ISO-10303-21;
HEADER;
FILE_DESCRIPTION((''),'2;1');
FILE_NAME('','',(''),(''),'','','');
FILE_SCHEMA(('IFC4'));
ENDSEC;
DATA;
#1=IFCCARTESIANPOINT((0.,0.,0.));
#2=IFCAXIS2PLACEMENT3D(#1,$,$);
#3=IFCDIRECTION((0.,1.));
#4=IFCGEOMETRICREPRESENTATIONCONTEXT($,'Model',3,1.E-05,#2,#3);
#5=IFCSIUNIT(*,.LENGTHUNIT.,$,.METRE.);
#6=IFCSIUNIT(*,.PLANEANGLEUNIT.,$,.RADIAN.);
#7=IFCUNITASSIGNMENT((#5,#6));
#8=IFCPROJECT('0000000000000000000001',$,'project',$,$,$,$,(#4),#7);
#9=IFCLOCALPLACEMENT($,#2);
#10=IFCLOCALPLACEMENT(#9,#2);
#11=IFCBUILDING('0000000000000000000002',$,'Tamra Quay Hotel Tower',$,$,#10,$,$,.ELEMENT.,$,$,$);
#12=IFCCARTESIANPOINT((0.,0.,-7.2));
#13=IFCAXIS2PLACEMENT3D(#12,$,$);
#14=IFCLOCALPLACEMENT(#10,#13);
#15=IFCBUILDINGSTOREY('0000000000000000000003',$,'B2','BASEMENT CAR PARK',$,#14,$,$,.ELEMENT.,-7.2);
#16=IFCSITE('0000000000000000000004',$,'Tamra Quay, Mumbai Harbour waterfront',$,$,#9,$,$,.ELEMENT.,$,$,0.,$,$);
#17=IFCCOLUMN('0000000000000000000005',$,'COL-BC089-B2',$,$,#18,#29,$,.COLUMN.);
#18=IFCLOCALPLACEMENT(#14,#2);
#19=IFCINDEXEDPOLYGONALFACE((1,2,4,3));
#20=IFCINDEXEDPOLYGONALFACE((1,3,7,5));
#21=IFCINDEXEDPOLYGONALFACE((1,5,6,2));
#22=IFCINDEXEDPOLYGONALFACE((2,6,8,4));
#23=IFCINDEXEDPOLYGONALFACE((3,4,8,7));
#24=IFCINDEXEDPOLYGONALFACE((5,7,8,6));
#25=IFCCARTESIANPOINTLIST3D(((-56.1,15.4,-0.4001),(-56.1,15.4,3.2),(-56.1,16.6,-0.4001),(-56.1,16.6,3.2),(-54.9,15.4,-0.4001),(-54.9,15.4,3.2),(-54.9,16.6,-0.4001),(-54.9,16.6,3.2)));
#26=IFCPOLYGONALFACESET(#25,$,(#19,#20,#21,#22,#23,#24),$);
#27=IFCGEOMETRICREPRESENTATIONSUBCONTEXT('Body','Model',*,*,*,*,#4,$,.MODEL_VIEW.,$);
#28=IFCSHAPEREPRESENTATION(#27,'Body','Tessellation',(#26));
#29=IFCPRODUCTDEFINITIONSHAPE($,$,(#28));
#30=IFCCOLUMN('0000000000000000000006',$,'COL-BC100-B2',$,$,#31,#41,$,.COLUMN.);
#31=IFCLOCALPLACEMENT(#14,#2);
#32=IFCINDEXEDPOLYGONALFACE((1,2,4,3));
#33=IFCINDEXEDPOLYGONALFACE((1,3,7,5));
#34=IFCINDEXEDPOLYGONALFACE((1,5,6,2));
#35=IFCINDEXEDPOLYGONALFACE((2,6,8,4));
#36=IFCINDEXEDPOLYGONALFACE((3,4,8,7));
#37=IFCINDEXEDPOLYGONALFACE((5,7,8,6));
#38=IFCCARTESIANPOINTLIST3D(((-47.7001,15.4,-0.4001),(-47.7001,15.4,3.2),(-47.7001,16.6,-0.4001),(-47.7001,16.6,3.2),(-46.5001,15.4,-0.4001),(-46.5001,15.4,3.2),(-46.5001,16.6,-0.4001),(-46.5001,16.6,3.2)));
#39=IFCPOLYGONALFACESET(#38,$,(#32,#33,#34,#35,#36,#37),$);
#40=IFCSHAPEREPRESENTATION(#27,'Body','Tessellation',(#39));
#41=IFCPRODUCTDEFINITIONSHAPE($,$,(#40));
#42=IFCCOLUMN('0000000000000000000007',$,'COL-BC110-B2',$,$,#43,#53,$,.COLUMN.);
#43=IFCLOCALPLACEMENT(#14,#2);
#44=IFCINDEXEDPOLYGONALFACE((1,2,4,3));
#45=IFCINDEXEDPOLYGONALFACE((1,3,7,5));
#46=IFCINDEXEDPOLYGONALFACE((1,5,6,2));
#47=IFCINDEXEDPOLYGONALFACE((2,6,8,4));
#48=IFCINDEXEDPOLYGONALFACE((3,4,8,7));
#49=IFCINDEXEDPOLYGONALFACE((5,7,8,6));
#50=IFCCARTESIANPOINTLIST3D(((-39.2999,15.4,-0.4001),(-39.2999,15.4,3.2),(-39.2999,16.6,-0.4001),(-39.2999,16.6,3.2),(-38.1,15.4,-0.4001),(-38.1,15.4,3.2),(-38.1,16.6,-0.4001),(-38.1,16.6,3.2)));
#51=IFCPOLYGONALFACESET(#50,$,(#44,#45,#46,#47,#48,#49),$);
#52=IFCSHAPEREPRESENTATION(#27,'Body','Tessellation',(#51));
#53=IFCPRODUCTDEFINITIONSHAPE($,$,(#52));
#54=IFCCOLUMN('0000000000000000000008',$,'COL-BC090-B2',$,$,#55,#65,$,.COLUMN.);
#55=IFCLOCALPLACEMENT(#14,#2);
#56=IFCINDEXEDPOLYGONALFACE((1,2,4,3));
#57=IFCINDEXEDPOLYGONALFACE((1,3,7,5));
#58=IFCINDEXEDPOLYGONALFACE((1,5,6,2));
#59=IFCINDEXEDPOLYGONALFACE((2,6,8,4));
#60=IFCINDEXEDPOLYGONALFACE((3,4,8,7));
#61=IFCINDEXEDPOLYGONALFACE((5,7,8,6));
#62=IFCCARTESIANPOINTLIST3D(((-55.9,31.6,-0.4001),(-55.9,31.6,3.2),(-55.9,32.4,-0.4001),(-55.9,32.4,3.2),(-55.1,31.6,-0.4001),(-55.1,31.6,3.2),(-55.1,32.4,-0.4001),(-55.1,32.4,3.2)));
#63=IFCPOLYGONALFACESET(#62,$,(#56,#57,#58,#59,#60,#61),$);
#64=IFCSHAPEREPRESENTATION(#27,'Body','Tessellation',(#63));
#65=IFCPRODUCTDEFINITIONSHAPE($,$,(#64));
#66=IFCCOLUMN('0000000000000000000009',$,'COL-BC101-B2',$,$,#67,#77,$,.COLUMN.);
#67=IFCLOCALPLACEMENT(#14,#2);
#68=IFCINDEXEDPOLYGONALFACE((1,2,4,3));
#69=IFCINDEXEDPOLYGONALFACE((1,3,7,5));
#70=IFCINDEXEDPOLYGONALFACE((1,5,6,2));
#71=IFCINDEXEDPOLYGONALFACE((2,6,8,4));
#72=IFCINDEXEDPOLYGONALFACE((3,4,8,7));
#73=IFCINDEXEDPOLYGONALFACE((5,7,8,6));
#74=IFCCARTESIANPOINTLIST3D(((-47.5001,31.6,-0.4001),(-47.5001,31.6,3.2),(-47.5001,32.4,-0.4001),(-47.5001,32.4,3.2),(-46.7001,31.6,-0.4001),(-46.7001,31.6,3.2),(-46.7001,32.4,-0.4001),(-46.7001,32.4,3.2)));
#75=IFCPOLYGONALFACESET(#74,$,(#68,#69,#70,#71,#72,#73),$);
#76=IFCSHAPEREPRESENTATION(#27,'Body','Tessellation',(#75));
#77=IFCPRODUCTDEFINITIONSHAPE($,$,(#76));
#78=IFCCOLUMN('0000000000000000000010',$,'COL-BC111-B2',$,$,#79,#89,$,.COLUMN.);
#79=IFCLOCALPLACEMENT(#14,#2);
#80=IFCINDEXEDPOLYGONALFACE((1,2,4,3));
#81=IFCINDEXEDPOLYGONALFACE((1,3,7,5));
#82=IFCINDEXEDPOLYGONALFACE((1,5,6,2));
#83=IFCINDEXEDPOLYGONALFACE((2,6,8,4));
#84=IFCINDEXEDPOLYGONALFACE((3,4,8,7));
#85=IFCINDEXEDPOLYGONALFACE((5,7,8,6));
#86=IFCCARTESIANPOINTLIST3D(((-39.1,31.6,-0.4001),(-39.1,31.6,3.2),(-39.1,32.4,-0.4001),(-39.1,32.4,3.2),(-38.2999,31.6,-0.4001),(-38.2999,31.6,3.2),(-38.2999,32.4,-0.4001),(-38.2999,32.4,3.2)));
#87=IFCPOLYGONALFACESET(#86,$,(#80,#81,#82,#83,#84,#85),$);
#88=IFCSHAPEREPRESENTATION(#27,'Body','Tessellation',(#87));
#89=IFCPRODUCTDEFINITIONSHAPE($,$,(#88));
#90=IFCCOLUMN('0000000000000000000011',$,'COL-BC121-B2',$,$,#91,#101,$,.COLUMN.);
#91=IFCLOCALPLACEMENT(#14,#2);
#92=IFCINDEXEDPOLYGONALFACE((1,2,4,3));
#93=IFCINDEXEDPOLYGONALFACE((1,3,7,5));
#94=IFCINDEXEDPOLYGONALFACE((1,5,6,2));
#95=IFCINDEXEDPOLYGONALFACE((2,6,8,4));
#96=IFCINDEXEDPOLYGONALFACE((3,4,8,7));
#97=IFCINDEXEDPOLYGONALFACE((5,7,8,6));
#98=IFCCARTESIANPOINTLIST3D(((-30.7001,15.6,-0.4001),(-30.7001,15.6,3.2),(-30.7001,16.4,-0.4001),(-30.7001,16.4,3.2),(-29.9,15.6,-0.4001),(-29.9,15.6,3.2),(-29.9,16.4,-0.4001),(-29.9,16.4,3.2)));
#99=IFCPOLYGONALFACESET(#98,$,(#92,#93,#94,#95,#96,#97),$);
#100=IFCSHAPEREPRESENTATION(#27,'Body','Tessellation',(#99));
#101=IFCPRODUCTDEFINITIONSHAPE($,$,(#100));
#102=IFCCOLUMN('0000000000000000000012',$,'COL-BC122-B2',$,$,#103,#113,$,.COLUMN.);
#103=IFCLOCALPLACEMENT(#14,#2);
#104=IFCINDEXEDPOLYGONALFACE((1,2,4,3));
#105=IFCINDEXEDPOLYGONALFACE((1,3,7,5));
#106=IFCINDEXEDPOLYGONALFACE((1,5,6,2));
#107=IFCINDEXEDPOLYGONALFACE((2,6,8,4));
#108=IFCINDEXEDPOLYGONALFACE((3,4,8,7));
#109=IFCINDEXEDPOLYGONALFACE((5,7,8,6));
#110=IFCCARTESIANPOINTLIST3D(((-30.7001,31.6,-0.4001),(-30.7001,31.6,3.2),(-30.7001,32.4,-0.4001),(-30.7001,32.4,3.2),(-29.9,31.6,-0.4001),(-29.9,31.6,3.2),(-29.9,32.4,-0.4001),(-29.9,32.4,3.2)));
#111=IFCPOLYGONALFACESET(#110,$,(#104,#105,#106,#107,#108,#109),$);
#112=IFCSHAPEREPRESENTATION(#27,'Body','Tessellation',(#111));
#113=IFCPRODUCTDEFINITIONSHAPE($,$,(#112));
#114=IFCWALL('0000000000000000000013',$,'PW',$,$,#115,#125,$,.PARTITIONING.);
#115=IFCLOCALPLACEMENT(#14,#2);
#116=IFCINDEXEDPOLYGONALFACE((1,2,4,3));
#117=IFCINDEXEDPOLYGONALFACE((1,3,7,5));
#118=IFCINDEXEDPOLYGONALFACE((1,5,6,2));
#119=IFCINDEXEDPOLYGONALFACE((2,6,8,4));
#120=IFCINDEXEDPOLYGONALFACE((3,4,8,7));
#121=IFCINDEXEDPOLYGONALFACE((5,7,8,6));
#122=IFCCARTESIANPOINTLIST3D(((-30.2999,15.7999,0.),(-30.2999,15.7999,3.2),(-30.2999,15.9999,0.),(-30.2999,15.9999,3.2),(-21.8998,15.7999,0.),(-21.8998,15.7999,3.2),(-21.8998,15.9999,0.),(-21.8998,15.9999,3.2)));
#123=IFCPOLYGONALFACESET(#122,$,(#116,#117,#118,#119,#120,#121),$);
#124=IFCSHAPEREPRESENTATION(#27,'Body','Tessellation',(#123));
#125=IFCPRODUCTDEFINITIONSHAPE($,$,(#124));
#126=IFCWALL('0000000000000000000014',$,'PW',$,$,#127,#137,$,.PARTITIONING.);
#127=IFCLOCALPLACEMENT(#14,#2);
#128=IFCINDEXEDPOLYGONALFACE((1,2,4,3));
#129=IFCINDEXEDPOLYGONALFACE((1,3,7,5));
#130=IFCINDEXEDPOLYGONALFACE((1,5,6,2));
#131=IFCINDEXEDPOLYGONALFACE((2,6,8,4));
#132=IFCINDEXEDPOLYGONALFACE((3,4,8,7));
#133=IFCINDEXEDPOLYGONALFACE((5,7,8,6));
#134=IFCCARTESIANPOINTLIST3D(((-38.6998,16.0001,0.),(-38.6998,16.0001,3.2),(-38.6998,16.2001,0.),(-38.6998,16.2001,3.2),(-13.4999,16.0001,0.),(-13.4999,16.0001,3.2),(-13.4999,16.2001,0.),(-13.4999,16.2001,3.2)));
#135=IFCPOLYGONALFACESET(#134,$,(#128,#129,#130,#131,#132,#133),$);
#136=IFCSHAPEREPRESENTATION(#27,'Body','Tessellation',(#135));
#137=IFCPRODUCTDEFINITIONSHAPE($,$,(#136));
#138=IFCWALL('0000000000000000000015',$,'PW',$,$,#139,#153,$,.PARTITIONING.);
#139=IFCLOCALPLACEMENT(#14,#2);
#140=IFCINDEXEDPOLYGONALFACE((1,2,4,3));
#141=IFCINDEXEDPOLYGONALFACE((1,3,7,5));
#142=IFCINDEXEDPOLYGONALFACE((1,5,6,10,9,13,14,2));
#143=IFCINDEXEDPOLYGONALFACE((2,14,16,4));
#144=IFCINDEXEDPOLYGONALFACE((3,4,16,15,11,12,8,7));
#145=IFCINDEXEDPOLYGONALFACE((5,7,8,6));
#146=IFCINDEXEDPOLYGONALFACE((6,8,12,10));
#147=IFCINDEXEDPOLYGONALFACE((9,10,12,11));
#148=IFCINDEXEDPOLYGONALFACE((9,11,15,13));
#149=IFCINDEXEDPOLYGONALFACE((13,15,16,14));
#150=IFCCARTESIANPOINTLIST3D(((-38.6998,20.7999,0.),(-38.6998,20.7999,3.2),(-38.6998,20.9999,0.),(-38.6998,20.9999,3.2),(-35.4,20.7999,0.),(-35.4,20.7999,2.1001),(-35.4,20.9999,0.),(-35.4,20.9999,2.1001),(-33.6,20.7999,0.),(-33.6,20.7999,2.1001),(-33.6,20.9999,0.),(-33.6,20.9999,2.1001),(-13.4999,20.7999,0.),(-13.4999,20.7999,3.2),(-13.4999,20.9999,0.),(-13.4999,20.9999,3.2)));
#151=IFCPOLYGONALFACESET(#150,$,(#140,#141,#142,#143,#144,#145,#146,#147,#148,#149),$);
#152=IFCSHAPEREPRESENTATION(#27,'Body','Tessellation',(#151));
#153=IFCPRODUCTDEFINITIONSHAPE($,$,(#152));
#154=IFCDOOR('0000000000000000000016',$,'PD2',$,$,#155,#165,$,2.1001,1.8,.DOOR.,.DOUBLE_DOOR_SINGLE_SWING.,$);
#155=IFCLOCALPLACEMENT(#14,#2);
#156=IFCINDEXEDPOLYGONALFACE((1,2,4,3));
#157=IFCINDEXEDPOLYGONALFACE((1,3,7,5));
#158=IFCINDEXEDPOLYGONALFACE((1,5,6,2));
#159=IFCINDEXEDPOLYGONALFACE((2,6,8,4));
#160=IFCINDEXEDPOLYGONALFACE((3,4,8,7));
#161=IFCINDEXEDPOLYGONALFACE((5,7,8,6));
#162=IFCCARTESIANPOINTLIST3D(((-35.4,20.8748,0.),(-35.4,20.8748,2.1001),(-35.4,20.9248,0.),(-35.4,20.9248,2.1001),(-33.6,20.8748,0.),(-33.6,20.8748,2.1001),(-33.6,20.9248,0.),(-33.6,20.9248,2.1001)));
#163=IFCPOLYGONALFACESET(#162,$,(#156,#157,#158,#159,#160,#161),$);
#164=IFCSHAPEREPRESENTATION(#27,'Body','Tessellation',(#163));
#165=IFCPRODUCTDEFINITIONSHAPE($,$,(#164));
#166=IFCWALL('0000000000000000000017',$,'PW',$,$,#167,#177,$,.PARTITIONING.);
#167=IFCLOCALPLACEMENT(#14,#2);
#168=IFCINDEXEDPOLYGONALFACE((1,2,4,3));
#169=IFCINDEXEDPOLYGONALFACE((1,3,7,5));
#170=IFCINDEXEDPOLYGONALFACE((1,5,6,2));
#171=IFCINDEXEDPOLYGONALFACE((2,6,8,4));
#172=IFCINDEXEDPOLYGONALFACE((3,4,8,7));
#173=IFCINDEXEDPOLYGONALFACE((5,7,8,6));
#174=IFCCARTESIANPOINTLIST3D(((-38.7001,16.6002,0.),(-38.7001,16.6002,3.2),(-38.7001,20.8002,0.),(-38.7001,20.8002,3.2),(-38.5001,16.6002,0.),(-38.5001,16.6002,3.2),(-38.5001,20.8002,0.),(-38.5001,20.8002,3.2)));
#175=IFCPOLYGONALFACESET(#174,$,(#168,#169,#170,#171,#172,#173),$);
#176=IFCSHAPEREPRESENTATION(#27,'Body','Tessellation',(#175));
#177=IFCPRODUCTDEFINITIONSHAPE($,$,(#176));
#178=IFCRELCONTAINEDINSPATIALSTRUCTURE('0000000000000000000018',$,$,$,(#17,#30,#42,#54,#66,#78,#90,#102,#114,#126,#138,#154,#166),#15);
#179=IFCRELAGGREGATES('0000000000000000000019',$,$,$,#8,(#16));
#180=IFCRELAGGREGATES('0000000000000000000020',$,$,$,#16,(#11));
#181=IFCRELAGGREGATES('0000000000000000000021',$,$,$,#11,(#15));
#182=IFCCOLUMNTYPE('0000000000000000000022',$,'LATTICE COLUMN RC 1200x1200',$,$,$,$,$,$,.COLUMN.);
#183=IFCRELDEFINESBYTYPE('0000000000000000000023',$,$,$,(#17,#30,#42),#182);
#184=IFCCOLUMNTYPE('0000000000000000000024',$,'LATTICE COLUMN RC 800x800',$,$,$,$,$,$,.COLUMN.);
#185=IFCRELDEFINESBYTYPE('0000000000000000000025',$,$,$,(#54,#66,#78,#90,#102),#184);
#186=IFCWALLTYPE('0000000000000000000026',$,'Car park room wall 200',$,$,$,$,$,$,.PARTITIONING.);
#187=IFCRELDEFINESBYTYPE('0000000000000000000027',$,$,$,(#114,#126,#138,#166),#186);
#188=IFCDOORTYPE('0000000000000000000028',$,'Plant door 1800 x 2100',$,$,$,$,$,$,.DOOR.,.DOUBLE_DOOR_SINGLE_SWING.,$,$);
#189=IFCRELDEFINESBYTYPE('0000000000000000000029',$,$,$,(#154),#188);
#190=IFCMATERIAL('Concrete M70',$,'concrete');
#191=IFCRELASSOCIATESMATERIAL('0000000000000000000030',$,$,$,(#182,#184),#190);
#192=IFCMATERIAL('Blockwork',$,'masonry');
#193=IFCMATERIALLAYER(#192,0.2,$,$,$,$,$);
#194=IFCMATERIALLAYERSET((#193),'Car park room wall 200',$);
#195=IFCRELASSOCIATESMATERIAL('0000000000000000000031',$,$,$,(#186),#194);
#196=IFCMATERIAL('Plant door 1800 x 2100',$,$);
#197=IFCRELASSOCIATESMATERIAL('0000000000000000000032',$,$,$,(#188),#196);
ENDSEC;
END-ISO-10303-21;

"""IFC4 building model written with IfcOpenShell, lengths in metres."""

from ifc_helpers import new_model, si_unit, direction, frame, frame_2d, origin, origin_2d, place, context, subcontext, project, spatial, rectangle, extrude, material, layer, layer_set, material_profile, profile_set, type_object, element, fill, save


model = new_model("IFC4")

# Units and contexts
model_context = context("Model", 3, precision=1e-05, world=origin(), true_north=direction((0.0, 1.0)))
body_context = subcontext(model_context, "Body", "Model", "MODEL_VIEW")
ifc_project = project(units=[si_unit("LENGTHUNIT", "METRE"), si_unit("PLANEANGLEUNIT", "RADIAN")], contexts=[model_context])

# Site, building, storey
site_placement = place(None, origin())
site = spatial("IfcSite", under=ifc_project, at=site_placement, Name="Tamra Quay, Mumbai Harbour waterfront", CompositionType="ELEMENT", RefElevation=0.0)
building_placement = place(site_placement, origin())
building = spatial("IfcBuilding", under=site, at=building_placement, Name="Tamra Quay Hotel Tower", CompositionType="ELEMENT")
storey_placement = place(building_placement, frame((0.0, 0.0, -7.2)))
storey = spatial("IfcBuildingStorey", under=building, at=storey_placement, Name="B2", Description="BASEMENT CAR PARK", CompositionType="ELEMENT", Elevation=-7.2)

# Columns
ifc_material_1 = material(Name="Concrete M70", Category="concrete")
ifc_material_profile_1 = material_profile(ifc_material_1, rectangle(XDim=1.2, YDim=1.2, at=origin_2d()), Name="LATTICE COLUMN RC 1200x1200")
ifc_profile_set_1 = profile_set([ifc_material_profile_1], Name="Concrete M70")
column_type_1 = type_object("IfcColumnType", Name="LATTICE COLUMN RC 1200x1200", PredefinedType="COLUMN", material=ifc_profile_set_1)
for number, where, z_axis, x_axis, name in (
    (1, (-55.5, 16.0, -0.4001), (0.0, 0.0, 1.0), (1.0, 0.0, 0.0), "COL-BC089-B2"),
    (2, (-47.1001, 16.0, -0.4001), (0.0, 0.0, 1.0), (1.0, 0.0, 0.0), "COL-BC100-B2"),
    (3, (-38.7, 16.0, -0.4001), (0.0, 0.0, 1.0), (1.0, 0.0, 0.0), "COL-BC110-B2"),
):
    element("IfcColumn", number, at=place(storey_placement, frame(where, z_axis=z_axis, x_axis=x_axis)), inside=storey, type_object=column_type_1, Name=name, PredefinedType="COLUMN", context=body_context, shape_type="SweptSolid", body=[
        extrude(rectangle(XDim=1.2, YDim=1.2, at=origin_2d()), origin(), (0.0, 0.0, 1.0), 3.6001),
    ])
ifc_material_profile_2 = material_profile(ifc_material_1, rectangle(XDim=0.8, YDim=0.8, at=origin_2d()), Name="LATTICE COLUMN RC 800x800")
ifc_profile_set_2 = profile_set([ifc_material_profile_2], Name="Concrete M70")
column_type_2 = type_object("IfcColumnType", Name="LATTICE COLUMN RC 800x800", PredefinedType="COLUMN", material=ifc_profile_set_2)
for number, where, z_axis, x_axis, name in (
    (4, (-55.5, 32.0, -0.4001), (0.0, 0.0, 1.0), (1.0, 0.0, 0.0), "COL-BC090-B2"),
    (5, (-47.1001, 32.0, -0.4001), (0.0, 0.0, 1.0), (1.0, 0.0, 0.0), "COL-BC101-B2"),
    (6, (-38.7, 32.0, -0.4001), (0.0, 0.0, 1.0), (1.0, 0.0, 0.0), "COL-BC111-B2"),
    (7, (-30.3, 16.0, -0.4001), (0.0, 0.0, 1.0), (1.0, 0.0, 0.0), "COL-BC121-B2"),
    (8, (-30.3, 32.0, -0.4001), (0.0, 0.0, 1.0), (1.0, 0.0, 0.0), "COL-BC122-B2"),
):
    element("IfcColumn", number, at=place(storey_placement, frame(where, z_axis=z_axis, x_axis=x_axis)), inside=storey, type_object=column_type_2, Name=name, PredefinedType="COLUMN", context=body_context, shape_type="SweptSolid", body=[
        extrude(rectangle(XDim=0.8, YDim=0.8, at=origin_2d()), origin(), (0.0, 0.0, 1.0), 3.6001),
    ])

# Walls
ifc_material_2 = material(Name="Blockwork", Category="masonry")
ifc_layer_1 = layer(ifc_material_2, 0.2)
ifc_layer_set_1 = layer_set([ifc_layer_1], Name="Car park room wall 200")
wall_type_1 = type_object("IfcWallType", Name="Car park room wall 200", PredefinedType="PARTITIONING", material=ifc_layer_set_1)
wall_1_placement = place(storey_placement, frame((-30.3, 15.8999, 0.0), z_axis=(0.0, 0.0, 1.0), x_axis=(1.0, 0.0, 0.0)))
element("IfcWall", 9, at=wall_1_placement, inside=storey, type_object=wall_type_1, Name="PW", PredefinedType="PARTITIONING", context=body_context, shape_type="SweptSolid", body=[
    extrude(rectangle(XDim=8.4001, YDim=0.2, at=frame_2d((4.2002, 0.0))), origin(), (0.0, 0.0, 1.0), 3.2),
])
wall_2_placement = place(storey_placement, frame((-38.7, 16.1001, 0.0), z_axis=(0.0, 0.0, 1.0), x_axis=(1.0, 0.0, 0.0)))
element("IfcWall", 10, at=wall_2_placement, inside=storey, type_object=wall_type_1, Name="PW", PredefinedType="PARTITIONING", context=body_context, shape_type="SweptSolid", body=[
    extrude(rectangle(XDim=25.2, YDim=0.2, at=frame_2d((12.6001, 0.0))), origin(), (0.0, 0.0, 1.0), 3.2),
])

# Wall, opening, door
wall_3_placement = place(storey_placement, frame((-38.7, 20.8999, 0.0), z_axis=(0.0, 0.0, 1.0), x_axis=(1.0, 0.0, 0.0)))
wall_3 = element("IfcWall", 11, at=wall_3_placement, inside=storey, type_object=wall_type_1, Name="PW", PredefinedType="PARTITIONING", context=body_context, shape_type="SweptSolid", body=[
    extrude(rectangle(XDim=25.2, YDim=0.2, at=frame_2d((12.6001, 0.0))), origin(), (0.0, 0.0, 1.0), 3.2),
])
opening_1_placement = place(wall_3_placement, frame((3.3, 0.0, 0.0)))
opening_1 = element("IfcOpeningElement", 12, at=opening_1_placement, cuts=wall_3, PredefinedType="OPENING", context=body_context, shape_type="SweptSolid", body=[
    extrude(rectangle(XDim=1.8, YDim=2.1001, at=frame_2d((0.8999, 1.05))), frame((0.0, 0.1099, 0.0), z_axis=(0.0, -1.0, 0.0), x_axis=(1.0, 0.0, 0.0)), (0.0, 0.0, 1.0), 0.22),
])
ifc_material_3 = material(Name="Plant door 1800 x 2100")
door_type_1 = type_object("IfcDoorType", Name="Plant door 1800 x 2100", OperationType="DOUBLE_DOOR_SINGLE_SWING", PredefinedType="DOOR", material=ifc_material_3)
door_1_placement = place(opening_1_placement, origin())
door_1 = element("IfcDoor", 13, at=door_1_placement, inside=storey, type_object=door_type_1, Name="PD2", OperationType="DOUBLE_DOOR_SINGLE_SWING", OverallHeight=2.1001, OverallWidth=1.8, PredefinedType="DOOR", context=body_context, shape_type="SweptSolid", body=[
    extrude(rectangle(XDim=1.8, YDim=2.1001, at=frame_2d((0.8999, 1.05))), frame((0.0, 0.0249, 0.0), z_axis=(0.0, -1.0, 0.0), x_axis=(1.0, 0.0, 0.0)), (0.0, 0.0, 1.0), 0.05),
])
fill(opening_1, door_1)

# Wall
wall_4_placement = place(storey_placement, frame((-38.6001, 16.6001, 0.0), z_axis=(0.0, 0.0, 1.0), x_axis=(0.0, 1.0, 0.0)))
element("IfcWall", 14, at=wall_4_placement, inside=storey, type_object=wall_type_1, Name="PW", PredefinedType="PARTITIONING", context=body_context, shape_type="SweptSolid", body=[
    extrude(rectangle(XDim=4.2, YDim=0.2, at=frame_2d((2.1001, 0.0))), origin(), (0.0, 0.0, 1.0), 3.2),
])

save(model, "model.ifc")
